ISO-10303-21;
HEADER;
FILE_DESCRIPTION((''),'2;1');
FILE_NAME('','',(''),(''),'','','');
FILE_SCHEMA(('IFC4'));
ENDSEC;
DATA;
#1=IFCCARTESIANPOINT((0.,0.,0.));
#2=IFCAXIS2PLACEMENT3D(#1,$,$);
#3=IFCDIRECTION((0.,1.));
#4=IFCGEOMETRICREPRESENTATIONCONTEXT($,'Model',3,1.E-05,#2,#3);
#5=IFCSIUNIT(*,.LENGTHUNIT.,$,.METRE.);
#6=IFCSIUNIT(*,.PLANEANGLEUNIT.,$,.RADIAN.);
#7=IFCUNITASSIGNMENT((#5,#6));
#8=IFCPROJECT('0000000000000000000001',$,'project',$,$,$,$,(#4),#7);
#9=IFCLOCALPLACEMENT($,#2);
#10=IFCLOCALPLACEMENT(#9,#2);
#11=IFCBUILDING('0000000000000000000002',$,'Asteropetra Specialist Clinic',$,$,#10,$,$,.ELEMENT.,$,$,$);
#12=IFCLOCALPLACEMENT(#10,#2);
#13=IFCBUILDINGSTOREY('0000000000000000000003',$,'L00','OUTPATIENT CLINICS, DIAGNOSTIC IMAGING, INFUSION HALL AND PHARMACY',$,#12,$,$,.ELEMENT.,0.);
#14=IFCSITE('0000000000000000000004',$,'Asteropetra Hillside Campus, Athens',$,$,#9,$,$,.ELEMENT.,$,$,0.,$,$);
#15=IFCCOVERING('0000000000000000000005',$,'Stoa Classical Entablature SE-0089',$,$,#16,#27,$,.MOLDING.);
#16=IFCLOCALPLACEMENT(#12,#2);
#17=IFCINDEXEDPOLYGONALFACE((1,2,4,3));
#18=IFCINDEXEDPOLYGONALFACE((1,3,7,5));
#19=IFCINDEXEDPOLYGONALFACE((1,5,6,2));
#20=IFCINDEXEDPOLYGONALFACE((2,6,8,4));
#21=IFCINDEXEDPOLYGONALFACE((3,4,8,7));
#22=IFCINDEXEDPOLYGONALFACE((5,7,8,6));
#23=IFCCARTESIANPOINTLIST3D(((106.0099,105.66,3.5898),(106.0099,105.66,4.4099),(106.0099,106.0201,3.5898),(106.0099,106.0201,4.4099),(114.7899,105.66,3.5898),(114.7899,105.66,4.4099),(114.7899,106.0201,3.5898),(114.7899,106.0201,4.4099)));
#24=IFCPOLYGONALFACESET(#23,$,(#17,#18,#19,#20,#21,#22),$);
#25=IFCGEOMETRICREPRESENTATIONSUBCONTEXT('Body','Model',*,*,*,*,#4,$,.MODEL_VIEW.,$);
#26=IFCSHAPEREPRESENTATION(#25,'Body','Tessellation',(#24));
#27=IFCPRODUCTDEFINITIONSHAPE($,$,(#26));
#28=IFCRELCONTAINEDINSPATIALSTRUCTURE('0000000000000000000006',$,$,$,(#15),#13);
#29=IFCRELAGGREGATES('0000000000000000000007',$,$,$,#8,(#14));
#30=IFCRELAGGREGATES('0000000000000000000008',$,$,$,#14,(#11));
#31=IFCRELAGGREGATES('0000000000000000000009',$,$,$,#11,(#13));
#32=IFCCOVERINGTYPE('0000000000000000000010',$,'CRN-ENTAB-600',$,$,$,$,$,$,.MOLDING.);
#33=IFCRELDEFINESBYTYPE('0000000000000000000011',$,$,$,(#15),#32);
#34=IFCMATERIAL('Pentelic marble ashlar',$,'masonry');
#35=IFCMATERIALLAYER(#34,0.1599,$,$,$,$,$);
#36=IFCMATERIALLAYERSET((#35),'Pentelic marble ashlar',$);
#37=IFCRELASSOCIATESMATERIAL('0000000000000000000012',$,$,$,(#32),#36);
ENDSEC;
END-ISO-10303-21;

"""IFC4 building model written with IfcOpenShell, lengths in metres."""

from ifc_helpers import new_model, si_unit, direction, frame, origin, origin_2d, place, context, subcontext, project, spatial, rectangle, extrude, material, layer, layer_set, type_object, element, save


model = new_model("IFC4")

# Units and contexts
model_context = context("Model", 3, precision=1e-05, world=origin(), true_north=direction((0.0, 1.0)))
body_context = subcontext(model_context, "Body", "Model", "MODEL_VIEW")
ifc_project = project(units=[si_unit("LENGTHUNIT", "METRE"), si_unit("PLANEANGLEUNIT", "RADIAN")], contexts=[model_context])

# Site, building, storey
site_placement = place(None, origin())
site = spatial("IfcSite", under=ifc_project, at=site_placement, Name="Asteropetra Hillside Campus, Athens", CompositionType="ELEMENT", RefElevation=0.0)
building_placement = place(site_placement, origin())
building = spatial("IfcBuilding", under=site, at=building_placement, Name="Asteropetra Specialist Clinic", CompositionType="ELEMENT")
storey_placement = place(building_placement, origin())
storey = spatial("IfcBuildingStorey", under=building, at=storey_placement, Name="L00", Description="OUTPATIENT CLINICS, DIAGNOSTIC IMAGING, INFUSION HALL AND PHARMACY", CompositionType="ELEMENT", Elevation=0.0)

# Covering
ifc_material_1 = material(Name="Pentelic marble ashlar", Category="masonry")
ifc_layer_1 = layer(ifc_material_1, 0.1599)
ifc_layer_set_1 = layer_set([ifc_layer_1], Name="Pentelic marble ashlar")
covering_type = type_object("IfcCoveringType", Name="CRN-ENTAB-600", PredefinedType="MOLDING", material=ifc_layer_set_1)
covering_placement = place(storey_placement, frame((110.3999, 105.8401, 3.5898), z_axis=(0.0, 0.0, 1.0), x_axis=(1.0, 0.0, 0.0)))
element("IfcCovering", 1, at=covering_placement, inside=storey, type_object=covering_type, Name="Stoa Classical Entablature SE-0089", PredefinedType="MOLDING", context=body_context, shape_type="SweptSolid", body=[
    extrude(rectangle(XDim=8.78, YDim=0.3601, at=origin_2d()), origin(), (0.0, 0.0, 1.0), 0.8201),
])

save(model, "model.ifc")
